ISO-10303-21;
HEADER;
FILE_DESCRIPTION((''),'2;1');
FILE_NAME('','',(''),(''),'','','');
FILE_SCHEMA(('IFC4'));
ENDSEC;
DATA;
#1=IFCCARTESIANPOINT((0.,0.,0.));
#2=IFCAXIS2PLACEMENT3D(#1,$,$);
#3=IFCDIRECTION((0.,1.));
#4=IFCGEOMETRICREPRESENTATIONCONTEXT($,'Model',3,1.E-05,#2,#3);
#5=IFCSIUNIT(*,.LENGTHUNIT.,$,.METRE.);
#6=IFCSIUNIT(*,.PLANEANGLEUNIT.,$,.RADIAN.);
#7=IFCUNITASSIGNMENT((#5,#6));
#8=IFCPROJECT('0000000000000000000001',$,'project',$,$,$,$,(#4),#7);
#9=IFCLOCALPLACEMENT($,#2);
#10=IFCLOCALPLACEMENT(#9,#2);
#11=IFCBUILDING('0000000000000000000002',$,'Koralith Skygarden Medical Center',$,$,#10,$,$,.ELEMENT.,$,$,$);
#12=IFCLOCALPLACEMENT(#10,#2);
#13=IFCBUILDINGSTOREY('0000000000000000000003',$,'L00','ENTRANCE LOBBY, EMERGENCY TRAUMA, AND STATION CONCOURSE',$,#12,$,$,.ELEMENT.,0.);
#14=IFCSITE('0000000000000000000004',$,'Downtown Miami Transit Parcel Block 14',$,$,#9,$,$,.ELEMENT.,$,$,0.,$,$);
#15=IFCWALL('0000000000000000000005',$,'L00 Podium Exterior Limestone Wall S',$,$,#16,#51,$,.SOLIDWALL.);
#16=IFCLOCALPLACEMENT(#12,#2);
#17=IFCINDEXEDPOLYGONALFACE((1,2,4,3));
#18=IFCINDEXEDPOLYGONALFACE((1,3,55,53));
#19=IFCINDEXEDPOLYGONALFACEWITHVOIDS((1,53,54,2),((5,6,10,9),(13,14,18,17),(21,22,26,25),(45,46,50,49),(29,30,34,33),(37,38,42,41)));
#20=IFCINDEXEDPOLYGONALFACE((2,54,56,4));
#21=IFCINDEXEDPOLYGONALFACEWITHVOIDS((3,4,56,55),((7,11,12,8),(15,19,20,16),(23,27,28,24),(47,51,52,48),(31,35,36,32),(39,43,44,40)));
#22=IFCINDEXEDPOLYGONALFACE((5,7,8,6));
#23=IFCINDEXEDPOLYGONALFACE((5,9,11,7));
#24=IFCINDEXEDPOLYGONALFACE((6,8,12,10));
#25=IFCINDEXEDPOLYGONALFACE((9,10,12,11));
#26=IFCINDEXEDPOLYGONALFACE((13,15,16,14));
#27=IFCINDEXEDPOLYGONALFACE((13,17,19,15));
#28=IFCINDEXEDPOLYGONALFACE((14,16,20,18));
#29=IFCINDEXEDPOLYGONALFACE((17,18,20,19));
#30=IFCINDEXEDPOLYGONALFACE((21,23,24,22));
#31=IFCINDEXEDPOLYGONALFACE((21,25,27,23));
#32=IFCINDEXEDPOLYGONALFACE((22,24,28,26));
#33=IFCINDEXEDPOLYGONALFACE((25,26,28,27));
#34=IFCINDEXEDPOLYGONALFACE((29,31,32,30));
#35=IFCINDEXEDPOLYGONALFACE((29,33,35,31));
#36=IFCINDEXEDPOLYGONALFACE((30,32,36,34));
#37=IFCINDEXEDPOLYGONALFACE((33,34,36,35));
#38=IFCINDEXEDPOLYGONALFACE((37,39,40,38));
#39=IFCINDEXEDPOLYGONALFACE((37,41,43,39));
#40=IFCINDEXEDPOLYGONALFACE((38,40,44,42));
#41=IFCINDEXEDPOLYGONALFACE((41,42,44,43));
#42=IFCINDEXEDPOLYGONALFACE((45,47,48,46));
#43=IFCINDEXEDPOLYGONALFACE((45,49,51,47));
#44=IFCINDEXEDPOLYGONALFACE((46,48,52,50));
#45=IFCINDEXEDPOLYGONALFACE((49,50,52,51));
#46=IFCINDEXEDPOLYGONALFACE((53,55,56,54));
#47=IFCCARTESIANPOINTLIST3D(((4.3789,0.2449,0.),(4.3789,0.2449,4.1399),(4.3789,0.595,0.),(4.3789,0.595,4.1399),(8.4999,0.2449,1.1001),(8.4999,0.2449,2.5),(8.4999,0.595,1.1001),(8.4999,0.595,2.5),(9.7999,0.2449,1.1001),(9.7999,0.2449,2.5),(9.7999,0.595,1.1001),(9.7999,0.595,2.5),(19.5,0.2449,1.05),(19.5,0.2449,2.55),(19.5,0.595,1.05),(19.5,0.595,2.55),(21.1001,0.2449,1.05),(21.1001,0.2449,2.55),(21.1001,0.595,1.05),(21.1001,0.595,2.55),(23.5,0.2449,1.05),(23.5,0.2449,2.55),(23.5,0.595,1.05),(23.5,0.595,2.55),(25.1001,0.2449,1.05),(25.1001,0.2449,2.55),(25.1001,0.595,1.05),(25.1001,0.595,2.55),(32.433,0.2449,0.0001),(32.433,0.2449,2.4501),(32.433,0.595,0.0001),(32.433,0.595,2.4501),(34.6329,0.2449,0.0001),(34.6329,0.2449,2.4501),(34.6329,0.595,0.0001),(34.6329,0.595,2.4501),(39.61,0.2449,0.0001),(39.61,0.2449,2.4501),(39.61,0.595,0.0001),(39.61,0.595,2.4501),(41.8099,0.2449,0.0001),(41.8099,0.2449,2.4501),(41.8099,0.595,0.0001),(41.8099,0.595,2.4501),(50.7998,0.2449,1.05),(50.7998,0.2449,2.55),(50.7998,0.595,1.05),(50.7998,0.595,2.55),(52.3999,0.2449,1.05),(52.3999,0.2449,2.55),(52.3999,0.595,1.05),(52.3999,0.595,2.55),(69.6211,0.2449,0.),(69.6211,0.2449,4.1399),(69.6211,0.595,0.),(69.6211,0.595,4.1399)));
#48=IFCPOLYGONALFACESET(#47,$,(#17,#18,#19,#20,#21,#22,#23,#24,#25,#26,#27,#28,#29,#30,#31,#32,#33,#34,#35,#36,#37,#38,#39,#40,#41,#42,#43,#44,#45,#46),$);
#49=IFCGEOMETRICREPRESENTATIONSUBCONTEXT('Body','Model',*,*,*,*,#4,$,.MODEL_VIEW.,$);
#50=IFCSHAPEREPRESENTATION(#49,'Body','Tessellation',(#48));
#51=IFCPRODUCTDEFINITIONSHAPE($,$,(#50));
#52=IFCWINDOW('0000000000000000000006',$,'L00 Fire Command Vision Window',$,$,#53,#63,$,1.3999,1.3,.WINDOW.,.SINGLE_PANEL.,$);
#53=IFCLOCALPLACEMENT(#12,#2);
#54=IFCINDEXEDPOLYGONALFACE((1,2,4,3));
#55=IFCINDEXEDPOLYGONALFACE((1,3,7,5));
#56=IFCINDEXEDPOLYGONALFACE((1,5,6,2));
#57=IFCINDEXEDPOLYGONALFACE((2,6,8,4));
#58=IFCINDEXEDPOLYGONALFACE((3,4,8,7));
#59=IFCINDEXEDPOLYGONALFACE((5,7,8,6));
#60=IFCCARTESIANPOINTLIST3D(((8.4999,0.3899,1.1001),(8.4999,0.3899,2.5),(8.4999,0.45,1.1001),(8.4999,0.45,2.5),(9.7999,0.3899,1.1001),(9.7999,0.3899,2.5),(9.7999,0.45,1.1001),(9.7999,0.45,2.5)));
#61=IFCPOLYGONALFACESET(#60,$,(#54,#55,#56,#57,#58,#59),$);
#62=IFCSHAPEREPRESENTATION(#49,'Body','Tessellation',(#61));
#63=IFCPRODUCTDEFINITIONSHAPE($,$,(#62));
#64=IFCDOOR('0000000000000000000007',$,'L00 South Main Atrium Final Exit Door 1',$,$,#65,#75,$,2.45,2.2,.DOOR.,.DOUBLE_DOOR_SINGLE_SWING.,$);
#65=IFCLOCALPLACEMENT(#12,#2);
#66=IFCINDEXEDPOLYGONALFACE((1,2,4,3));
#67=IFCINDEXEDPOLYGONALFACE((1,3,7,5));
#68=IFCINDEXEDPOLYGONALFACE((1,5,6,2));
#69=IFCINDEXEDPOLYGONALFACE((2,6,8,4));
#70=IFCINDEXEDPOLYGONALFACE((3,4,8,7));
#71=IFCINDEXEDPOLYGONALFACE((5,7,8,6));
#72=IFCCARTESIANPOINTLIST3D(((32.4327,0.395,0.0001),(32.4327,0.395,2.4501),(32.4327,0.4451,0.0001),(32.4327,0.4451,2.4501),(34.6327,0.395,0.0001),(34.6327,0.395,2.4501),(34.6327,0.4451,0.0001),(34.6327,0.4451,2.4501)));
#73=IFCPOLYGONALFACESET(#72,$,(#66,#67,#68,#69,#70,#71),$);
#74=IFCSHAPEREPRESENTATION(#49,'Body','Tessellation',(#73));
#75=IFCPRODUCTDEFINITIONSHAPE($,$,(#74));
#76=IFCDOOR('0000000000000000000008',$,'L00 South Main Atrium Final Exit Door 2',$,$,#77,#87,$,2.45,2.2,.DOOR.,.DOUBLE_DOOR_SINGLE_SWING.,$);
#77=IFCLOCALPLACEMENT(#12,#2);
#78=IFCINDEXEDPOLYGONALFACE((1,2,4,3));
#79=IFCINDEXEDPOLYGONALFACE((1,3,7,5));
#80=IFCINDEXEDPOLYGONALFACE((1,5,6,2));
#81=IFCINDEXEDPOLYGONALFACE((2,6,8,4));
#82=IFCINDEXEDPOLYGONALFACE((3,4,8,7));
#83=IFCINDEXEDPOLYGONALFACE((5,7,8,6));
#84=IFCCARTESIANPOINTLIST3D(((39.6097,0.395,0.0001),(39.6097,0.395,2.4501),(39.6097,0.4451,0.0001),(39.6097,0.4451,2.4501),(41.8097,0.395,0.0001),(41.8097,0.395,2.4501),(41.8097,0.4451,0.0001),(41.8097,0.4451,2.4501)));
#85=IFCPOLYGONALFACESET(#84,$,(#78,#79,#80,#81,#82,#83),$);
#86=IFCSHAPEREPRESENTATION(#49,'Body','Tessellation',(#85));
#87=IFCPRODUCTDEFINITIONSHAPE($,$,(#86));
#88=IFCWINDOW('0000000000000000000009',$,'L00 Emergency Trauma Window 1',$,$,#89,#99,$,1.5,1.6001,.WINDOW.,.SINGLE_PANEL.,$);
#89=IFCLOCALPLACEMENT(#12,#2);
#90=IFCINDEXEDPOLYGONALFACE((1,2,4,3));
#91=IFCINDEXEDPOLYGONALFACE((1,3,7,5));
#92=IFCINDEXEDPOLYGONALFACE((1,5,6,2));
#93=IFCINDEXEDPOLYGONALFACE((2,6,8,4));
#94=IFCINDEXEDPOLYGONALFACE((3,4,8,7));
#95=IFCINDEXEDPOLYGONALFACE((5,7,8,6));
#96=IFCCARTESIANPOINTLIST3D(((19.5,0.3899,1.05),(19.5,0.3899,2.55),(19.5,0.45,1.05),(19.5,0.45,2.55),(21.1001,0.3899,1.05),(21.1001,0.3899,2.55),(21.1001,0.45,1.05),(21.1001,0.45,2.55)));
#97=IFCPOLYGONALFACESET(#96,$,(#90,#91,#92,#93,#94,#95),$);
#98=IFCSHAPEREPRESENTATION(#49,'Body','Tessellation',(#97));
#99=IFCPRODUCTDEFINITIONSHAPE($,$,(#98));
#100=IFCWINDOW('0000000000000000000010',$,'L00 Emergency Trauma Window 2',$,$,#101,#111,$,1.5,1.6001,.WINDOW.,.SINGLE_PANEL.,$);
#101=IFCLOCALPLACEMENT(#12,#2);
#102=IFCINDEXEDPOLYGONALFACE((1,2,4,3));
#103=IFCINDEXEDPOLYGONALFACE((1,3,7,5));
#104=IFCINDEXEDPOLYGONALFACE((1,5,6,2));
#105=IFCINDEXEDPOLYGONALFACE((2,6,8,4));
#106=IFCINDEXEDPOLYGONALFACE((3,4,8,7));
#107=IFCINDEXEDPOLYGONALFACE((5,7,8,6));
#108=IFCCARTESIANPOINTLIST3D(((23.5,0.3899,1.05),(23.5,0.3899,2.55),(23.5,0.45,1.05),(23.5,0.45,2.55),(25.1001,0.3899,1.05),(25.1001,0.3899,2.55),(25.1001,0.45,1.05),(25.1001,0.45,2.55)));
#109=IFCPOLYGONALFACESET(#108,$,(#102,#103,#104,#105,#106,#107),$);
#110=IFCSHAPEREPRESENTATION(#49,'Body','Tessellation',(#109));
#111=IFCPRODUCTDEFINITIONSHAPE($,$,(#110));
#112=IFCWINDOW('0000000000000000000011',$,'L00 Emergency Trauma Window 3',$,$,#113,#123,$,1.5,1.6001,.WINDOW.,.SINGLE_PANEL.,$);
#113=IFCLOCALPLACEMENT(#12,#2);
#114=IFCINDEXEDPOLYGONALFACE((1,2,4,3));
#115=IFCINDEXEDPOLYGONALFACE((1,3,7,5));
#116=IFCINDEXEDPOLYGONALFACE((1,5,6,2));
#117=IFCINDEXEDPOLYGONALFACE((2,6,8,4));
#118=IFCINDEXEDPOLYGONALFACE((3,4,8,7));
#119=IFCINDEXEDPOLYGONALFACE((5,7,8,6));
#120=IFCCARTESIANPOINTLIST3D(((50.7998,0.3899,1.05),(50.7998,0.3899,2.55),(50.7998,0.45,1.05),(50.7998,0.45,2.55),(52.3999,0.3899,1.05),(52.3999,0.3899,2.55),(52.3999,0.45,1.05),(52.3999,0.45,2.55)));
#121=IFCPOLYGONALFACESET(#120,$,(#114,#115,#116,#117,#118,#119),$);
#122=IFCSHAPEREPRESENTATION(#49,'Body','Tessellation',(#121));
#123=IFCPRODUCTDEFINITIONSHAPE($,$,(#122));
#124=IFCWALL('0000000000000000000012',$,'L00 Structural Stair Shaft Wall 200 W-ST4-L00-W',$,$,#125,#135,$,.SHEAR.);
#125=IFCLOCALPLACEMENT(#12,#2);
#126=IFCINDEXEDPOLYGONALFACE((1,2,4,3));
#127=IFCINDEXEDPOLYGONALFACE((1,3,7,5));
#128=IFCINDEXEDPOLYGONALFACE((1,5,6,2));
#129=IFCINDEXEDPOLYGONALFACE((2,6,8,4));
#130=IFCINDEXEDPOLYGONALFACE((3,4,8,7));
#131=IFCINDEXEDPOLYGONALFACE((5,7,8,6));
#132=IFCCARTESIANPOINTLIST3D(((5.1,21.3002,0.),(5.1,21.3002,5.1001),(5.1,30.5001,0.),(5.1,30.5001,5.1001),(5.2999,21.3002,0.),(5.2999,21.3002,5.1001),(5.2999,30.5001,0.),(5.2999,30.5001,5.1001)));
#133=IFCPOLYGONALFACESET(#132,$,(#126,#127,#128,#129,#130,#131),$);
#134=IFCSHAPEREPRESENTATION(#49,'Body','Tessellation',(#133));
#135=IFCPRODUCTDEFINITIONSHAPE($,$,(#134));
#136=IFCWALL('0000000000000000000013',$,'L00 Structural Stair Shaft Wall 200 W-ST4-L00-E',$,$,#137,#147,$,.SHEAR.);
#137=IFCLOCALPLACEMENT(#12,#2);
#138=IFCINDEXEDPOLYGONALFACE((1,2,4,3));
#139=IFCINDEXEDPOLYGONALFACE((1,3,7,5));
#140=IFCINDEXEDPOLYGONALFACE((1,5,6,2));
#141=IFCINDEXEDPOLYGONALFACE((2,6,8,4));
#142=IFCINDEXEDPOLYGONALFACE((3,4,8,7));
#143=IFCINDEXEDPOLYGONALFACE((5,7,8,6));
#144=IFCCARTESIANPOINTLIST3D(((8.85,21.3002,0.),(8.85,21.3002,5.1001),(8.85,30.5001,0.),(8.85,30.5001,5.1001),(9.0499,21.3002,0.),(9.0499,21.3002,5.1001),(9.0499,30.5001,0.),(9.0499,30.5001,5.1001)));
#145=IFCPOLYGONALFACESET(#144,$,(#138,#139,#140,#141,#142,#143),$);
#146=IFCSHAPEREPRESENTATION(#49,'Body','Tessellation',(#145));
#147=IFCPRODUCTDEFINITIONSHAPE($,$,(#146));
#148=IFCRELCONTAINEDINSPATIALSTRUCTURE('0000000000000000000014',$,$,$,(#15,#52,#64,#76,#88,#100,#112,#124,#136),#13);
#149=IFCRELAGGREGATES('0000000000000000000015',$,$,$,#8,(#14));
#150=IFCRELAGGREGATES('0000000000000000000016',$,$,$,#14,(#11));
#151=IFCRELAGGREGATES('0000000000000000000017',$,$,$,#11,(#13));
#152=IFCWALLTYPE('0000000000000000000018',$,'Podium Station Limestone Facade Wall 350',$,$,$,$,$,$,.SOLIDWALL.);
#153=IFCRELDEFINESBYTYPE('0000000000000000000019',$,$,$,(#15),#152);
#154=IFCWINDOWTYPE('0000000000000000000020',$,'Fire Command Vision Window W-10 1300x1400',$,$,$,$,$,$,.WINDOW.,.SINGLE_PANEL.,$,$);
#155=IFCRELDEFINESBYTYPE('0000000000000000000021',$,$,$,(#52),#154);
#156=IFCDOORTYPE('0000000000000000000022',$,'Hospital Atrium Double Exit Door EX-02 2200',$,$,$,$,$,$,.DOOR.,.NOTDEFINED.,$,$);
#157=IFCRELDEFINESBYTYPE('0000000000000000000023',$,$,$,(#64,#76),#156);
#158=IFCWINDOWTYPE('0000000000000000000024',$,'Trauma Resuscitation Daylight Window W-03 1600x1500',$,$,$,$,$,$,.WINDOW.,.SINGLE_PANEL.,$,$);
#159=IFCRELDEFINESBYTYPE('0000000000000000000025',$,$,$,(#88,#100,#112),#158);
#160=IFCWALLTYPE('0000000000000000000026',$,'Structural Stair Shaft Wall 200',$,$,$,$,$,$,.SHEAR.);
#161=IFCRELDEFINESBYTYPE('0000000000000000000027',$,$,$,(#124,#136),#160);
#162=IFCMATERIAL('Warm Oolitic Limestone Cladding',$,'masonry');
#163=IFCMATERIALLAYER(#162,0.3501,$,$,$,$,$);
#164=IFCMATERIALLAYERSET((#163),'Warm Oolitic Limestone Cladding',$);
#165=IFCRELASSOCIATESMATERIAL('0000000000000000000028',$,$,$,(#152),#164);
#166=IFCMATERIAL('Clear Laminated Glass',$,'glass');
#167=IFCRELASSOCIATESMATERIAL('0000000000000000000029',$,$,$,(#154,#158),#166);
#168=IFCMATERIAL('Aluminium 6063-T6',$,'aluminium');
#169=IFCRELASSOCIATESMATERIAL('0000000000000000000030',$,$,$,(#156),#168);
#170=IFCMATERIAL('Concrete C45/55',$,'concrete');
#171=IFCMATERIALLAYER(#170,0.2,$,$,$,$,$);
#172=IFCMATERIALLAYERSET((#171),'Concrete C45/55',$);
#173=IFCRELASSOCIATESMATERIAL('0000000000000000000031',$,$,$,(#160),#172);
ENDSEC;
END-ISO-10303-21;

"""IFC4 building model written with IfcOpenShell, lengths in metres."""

from ifc_helpers import new_model, si_unit, direction, frame, frame_2d, origin, place, context, subcontext, project, spatial, rectangle, extrude, material, layer, layer_set, type_object, element, fill, save


model = new_model("IFC4")

# Units and contexts
model_context = context("Model", 3, precision=1e-05, world=origin(), true_north=direction((0.0, 1.0)))
body_context = subcontext(model_context, "Body", "Model", "MODEL_VIEW")
ifc_project = project(units=[si_unit("LENGTHUNIT", "METRE"), si_unit("PLANEANGLEUNIT", "RADIAN")], contexts=[model_context])

# Site, building, storey
site_placement = place(None, origin())
site = spatial("IfcSite", under=ifc_project, at=site_placement, Name="Downtown Miami Transit Parcel Block 14", CompositionType="ELEMENT", RefElevation=0.0)
building_placement = place(site_placement, origin())
building = spatial("IfcBuilding", under=site, at=building_placement, Name="Koralith Skygarden Medical Center", CompositionType="ELEMENT")
storey_placement = place(building_placement, origin())
storey = spatial("IfcBuildingStorey", under=building, at=storey_placement, Name="L00", Description="ENTRANCE LOBBY, EMERGENCY TRAUMA, AND STATION CONCOURSE", CompositionType="ELEMENT", Elevation=0.0)

# Shared definitions
ifc_material_1 = material(Name="Warm Oolitic Limestone Cladding", Category="masonry")

# Wall, openings, windows, doors
ifc_layer_1 = layer(ifc_material_1, 0.3501)
ifc_layer_set_1 = layer_set([ifc_layer_1], Name="Warm Oolitic Limestone Cladding")
wall_type_1 = type_object("IfcWallType", Name="Podium Station Limestone Facade Wall 350", PredefinedType="SOLIDWALL", material=ifc_layer_set_1)
wall_1_placement = place(storey_placement, frame((4.3789, 0.4199, 0.0), z_axis=(0.0, 0.0, 1.0), x_axis=(1.0, 0.0, 0.0)))
wall_1 = element("IfcWall", 1, at=wall_1_placement, inside=storey, type_object=wall_type_1, Name="L00 Podium Exterior Limestone Wall S", PredefinedType="SOLIDWALL", context=body_context, shape_type="SweptSolid", body=[
    extrude(rectangle(XDim=65.2422, YDim=0.3501, at=frame_2d((32.6211, 0.0))), origin(), (0.0, 0.0, 1.0), 4.1399),
])
opening_1_placement = place(wall_1_placement, frame((28.054, 0.0, 0.0)))
opening_1 = element("IfcOpeningElement", 2, at=opening_1_placement, cuts=wall_1, PredefinedType="OPENING", context=body_context, shape_type="SweptSolid", body=[
    extrude(rectangle(XDim=2.2, YDim=2.45, at=frame_2d((1.1001, 1.2251))), frame((0.0, 0.1851, 0.0), z_axis=(0.0, -1.0, 0.0), x_axis=(1.0, 0.0, 0.0)), (0.0, 0.0, 1.0), 0.3701),
])
opening_2_placement = place(wall_1_placement, frame((35.231, 0.0, 0.0)))
opening_2 = element("IfcOpeningElement", 3, at=opening_2_placement, cuts=wall_1, PredefinedType="OPENING", context=body_context, shape_type="SweptSolid", body=[
    extrude(rectangle(XDim=2.2, YDim=2.45, at=frame_2d((1.1001, 1.2251))), frame((0.0, 0.1851, 0.0), z_axis=(0.0, -1.0, 0.0), x_axis=(1.0, 0.0, 0.0)), (0.0, 0.0, 1.0), 0.3701),
])
opening_3_placement = place(wall_1_placement, frame((4.1211, 0.0, 1.1001)))
opening_3 = element("IfcOpeningElement", 4, at=opening_3_placement, cuts=wall_1, PredefinedType="OPENING", context=body_context, shape_type="SweptSolid", body=[
    extrude(rectangle(XDim=1.3, YDim=1.3999, at=frame_2d((0.6499, 0.7))), frame((0.0, 0.1851, 0.0), z_axis=(0.0, -1.0, 0.0), x_axis=(1.0, 0.0, 0.0)), (0.0, 0.0, 1.0), 0.3701),
])
opening_4_placement = place(wall_1_placement, frame((15.1211, 0.0, 1.05)))
opening_4 = element("IfcOpeningElement", 5, at=opening_4_placement, cuts=wall_1, PredefinedType="OPENING", context=body_context, shape_type="SweptSolid", body=[
    extrude(rectangle(XDim=1.6001, YDim=1.5, at=frame_2d((0.8, 0.75))), frame((0.0, 0.1851, 0.0), z_axis=(0.0, -1.0, 0.0), x_axis=(1.0, 0.0, 0.0)), (0.0, 0.0, 1.0), 0.3701),
])
opening_5_placement = place(wall_1_placement, frame((19.1211, 0.0, 1.05)))
opening_5 = element("IfcOpeningElement", 6, at=opening_5_placement, cuts=wall_1, PredefinedType="OPENING", context=body_context, shape_type="SweptSolid", body=[
    extrude(rectangle(XDim=1.6001, YDim=1.5, at=frame_2d((0.8, 0.75))), frame((0.0, 0.1851, 0.0), z_axis=(0.0, -1.0, 0.0), x_axis=(1.0, 0.0, 0.0)), (0.0, 0.0, 1.0), 0.3701),
])
opening_6_placement = place(wall_1_placement, frame((46.4209, 0.0, 1.05)))
opening_6 = element("IfcOpeningElement", 7, at=opening_6_placement, cuts=wall_1, PredefinedType="OPENING", context=body_context, shape_type="SweptSolid", body=[
    extrude(rectangle(XDim=1.6001, YDim=1.5, at=frame_2d((0.8, 0.75))), frame((0.0, 0.1851, 0.0), z_axis=(0.0, -1.0, 0.0), x_axis=(1.0, 0.0, 0.0)), (0.0, 0.0, 1.0), 0.3701),
])
ifc_material_2 = material(Name="Clear Laminated Glass", Category="glass")
window_type_1 = type_object("IfcWindowType", Name="Fire Command Vision Window W-10 1300x1400", PartitioningType="SINGLE_PANEL", PredefinedType="WINDOW", material=ifc_material_2)
window_1_placement = place(opening_3_placement, origin())
window_1 = element("IfcWindow", 8, at=window_1_placement, inside=storey, type_object=window_type_1, Name="L00 Fire Command Vision Window", OverallHeight=1.3999, OverallWidth=1.3, PartitioningType="SINGLE_PANEL", PredefinedType="WINDOW", context=body_context, shape_type="SweptSolid", body=[
    extrude(rectangle(XDim=1.3, YDim=1.3999, at=frame_2d((0.6499, 0.7))), frame((0.0, 0.03, 0.0), z_axis=(0.0, -1.0, 0.0), x_axis=(1.0, 0.0, 0.0)), (0.0, 0.0, 1.0), 0.0601),
])
fill(opening_3, window_1)
ifc_material_3 = material(Name="Aluminium 6063-T6", Category="aluminium")
door_type_1 = type_object("IfcDoorType", Name="Hospital Atrium Double Exit Door EX-02 2200", OperationType="NOTDEFINED", PredefinedType="DOOR", material=ifc_material_3)
door_1_placement = place(opening_1_placement, frame((2.2, 0.0, 0.0), z_axis=(0.0, 0.0, 1.0), x_axis=(-1.0, 0.0, 0.0)))
door_1 = element("IfcDoor", 9, at=door_1_placement, inside=storey, type_object=door_type_1, Name="L00 South Main Atrium Final Exit Door 1", OperationType="DOUBLE_DOOR_SINGLE_SWING", OverallHeight=2.45, OverallWidth=2.2, PredefinedType="DOOR", context=body_context, shape_type="SweptSolid", body=[
    extrude(rectangle(XDim=2.2, YDim=2.45, at=frame_2d((1.1001, 1.2251))), frame((0.0, 0.0249, 0.0), z_axis=(0.0, -1.0, 0.0), x_axis=(1.0, 0.0, 0.0)), (0.0, 0.0, 1.0), 0.05),
])
fill(opening_1, door_1)
door_2_placement = place(opening_2_placement, frame((2.2, 0.0, 0.0), z_axis=(0.0, 0.0, 1.0), x_axis=(-1.0, 0.0, 0.0)))
door_2 = element("IfcDoor", 10, at=door_2_placement, inside=storey, type_object=door_type_1, Name="L00 South Main Atrium Final Exit Door 2", OperationType="DOUBLE_DOOR_SINGLE_SWING", OverallHeight=2.45, OverallWidth=2.2, PredefinedType="DOOR", context=body_context, shape_type="SweptSolid", body=[
    extrude(rectangle(XDim=2.2, YDim=2.45, at=frame_2d((1.1001, 1.2251))), frame((0.0, 0.0249, 0.0), z_axis=(0.0, -1.0, 0.0), x_axis=(1.0, 0.0, 0.0)), (0.0, 0.0, 1.0), 0.05),
])
fill(opening_2, door_2)
window_type_2 = type_object("IfcWindowType", Name="Trauma Resuscitation Daylight Window W-03 1600x1500", PartitioningType="SINGLE_PANEL", PredefinedType="WINDOW", material=ifc_material_2)
window_2_placement = place(opening_4_placement, origin())
window_2 = element("IfcWindow", 11, at=window_2_placement, inside=storey, type_object=window_type_2, Name="L00 Emergency Trauma Window 1", OverallHeight=1.5, OverallWidth=1.6001, PartitioningType="SINGLE_PANEL", PredefinedType="WINDOW", context=body_context, shape_type="SweptSolid", body=[
    extrude(rectangle(XDim=1.6001, YDim=1.5, at=frame_2d((0.8, 0.75))), frame((0.0, 0.03, 0.0), z_axis=(0.0, -1.0, 0.0), x_axis=(1.0, 0.0, 0.0)), (0.0, 0.0, 1.0), 0.0601),
])
fill(opening_4, window_2)
window_3_placement = place(opening_5_placement, origin())
window_3 = element("IfcWindow", 12, at=window_3_placement, inside=storey, type_object=window_type_2, Name="L00 Emergency Trauma Window 2", OverallHeight=1.5, OverallWidth=1.6001, PartitioningType="SINGLE_PANEL", PredefinedType="WINDOW", context=body_context, shape_type="SweptSolid", body=[
    extrude(rectangle(XDim=1.6001, YDim=1.5, at=frame_2d((0.8, 0.75))), frame((0.0, 0.03, 0.0), z_axis=(0.0, -1.0, 0.0), x_axis=(1.0, 0.0, 0.0)), (0.0, 0.0, 1.0), 0.0601),
])
fill(opening_5, window_3)
window_4_placement = place(opening_6_placement, origin())
window_4 = element("IfcWindow", 13, at=window_4_placement, inside=storey, type_object=window_type_2, Name="L00 Emergency Trauma Window 3", OverallHeight=1.5, OverallWidth=1.6001, PartitioningType="SINGLE_PANEL", PredefinedType="WINDOW", context=body_context, shape_type="SweptSolid", body=[
    extrude(rectangle(XDim=1.6001, YDim=1.5, at=frame_2d((0.8, 0.75))), frame((0.0, 0.03, 0.0), z_axis=(0.0, -1.0, 0.0), x_axis=(1.0, 0.0, 0.0)), (0.0, 0.0, 1.0), 0.0601),
])
fill(opening_6, window_4)

# Shared definitions
ifc_material_4 = material(Name="Concrete C45/55", Category="concrete")
ifc_layer_2 = layer(ifc_material_4, 0.2)
ifc_layer_set_2 = layer_set([ifc_layer_2], Name="Concrete C45/55")
wall_type_2 = type_object("IfcWallType", Name="Structural Stair Shaft Wall 200", PredefinedType="SHEAR", material=ifc_layer_set_2)

# Walls
for number, where, z_axis, x_axis, name in (
    (14, (5.2, 21.3, 0.0), (0.0, 0.0, 1.0), (0.0, 1.0, 0.0), "L00 Structural Stair Shaft Wall 200 W-ST4-L00-W"),
    (15, (8.95, 21.3, 0.0), (0.0, 0.0, 1.0), (0.0, 1.0, 0.0), "L00 Structural Stair Shaft Wall 200 W-ST4-L00-E"),
):
    element("IfcWall", number, at=place(storey_placement, frame(where, z_axis=z_axis, x_axis=x_axis)), inside=storey, type_object=wall_type_2, Name=name, PredefinedType="SHEAR", context=body_context, shape_type="SweptSolid", body=[
        extrude(rectangle(XDim=9.2, YDim=0.2, at=frame_2d((4.6001, 0.0))), origin(), (0.0, 0.0, 1.0), 5.1001),
    ])

save(model, "model.ifc")
